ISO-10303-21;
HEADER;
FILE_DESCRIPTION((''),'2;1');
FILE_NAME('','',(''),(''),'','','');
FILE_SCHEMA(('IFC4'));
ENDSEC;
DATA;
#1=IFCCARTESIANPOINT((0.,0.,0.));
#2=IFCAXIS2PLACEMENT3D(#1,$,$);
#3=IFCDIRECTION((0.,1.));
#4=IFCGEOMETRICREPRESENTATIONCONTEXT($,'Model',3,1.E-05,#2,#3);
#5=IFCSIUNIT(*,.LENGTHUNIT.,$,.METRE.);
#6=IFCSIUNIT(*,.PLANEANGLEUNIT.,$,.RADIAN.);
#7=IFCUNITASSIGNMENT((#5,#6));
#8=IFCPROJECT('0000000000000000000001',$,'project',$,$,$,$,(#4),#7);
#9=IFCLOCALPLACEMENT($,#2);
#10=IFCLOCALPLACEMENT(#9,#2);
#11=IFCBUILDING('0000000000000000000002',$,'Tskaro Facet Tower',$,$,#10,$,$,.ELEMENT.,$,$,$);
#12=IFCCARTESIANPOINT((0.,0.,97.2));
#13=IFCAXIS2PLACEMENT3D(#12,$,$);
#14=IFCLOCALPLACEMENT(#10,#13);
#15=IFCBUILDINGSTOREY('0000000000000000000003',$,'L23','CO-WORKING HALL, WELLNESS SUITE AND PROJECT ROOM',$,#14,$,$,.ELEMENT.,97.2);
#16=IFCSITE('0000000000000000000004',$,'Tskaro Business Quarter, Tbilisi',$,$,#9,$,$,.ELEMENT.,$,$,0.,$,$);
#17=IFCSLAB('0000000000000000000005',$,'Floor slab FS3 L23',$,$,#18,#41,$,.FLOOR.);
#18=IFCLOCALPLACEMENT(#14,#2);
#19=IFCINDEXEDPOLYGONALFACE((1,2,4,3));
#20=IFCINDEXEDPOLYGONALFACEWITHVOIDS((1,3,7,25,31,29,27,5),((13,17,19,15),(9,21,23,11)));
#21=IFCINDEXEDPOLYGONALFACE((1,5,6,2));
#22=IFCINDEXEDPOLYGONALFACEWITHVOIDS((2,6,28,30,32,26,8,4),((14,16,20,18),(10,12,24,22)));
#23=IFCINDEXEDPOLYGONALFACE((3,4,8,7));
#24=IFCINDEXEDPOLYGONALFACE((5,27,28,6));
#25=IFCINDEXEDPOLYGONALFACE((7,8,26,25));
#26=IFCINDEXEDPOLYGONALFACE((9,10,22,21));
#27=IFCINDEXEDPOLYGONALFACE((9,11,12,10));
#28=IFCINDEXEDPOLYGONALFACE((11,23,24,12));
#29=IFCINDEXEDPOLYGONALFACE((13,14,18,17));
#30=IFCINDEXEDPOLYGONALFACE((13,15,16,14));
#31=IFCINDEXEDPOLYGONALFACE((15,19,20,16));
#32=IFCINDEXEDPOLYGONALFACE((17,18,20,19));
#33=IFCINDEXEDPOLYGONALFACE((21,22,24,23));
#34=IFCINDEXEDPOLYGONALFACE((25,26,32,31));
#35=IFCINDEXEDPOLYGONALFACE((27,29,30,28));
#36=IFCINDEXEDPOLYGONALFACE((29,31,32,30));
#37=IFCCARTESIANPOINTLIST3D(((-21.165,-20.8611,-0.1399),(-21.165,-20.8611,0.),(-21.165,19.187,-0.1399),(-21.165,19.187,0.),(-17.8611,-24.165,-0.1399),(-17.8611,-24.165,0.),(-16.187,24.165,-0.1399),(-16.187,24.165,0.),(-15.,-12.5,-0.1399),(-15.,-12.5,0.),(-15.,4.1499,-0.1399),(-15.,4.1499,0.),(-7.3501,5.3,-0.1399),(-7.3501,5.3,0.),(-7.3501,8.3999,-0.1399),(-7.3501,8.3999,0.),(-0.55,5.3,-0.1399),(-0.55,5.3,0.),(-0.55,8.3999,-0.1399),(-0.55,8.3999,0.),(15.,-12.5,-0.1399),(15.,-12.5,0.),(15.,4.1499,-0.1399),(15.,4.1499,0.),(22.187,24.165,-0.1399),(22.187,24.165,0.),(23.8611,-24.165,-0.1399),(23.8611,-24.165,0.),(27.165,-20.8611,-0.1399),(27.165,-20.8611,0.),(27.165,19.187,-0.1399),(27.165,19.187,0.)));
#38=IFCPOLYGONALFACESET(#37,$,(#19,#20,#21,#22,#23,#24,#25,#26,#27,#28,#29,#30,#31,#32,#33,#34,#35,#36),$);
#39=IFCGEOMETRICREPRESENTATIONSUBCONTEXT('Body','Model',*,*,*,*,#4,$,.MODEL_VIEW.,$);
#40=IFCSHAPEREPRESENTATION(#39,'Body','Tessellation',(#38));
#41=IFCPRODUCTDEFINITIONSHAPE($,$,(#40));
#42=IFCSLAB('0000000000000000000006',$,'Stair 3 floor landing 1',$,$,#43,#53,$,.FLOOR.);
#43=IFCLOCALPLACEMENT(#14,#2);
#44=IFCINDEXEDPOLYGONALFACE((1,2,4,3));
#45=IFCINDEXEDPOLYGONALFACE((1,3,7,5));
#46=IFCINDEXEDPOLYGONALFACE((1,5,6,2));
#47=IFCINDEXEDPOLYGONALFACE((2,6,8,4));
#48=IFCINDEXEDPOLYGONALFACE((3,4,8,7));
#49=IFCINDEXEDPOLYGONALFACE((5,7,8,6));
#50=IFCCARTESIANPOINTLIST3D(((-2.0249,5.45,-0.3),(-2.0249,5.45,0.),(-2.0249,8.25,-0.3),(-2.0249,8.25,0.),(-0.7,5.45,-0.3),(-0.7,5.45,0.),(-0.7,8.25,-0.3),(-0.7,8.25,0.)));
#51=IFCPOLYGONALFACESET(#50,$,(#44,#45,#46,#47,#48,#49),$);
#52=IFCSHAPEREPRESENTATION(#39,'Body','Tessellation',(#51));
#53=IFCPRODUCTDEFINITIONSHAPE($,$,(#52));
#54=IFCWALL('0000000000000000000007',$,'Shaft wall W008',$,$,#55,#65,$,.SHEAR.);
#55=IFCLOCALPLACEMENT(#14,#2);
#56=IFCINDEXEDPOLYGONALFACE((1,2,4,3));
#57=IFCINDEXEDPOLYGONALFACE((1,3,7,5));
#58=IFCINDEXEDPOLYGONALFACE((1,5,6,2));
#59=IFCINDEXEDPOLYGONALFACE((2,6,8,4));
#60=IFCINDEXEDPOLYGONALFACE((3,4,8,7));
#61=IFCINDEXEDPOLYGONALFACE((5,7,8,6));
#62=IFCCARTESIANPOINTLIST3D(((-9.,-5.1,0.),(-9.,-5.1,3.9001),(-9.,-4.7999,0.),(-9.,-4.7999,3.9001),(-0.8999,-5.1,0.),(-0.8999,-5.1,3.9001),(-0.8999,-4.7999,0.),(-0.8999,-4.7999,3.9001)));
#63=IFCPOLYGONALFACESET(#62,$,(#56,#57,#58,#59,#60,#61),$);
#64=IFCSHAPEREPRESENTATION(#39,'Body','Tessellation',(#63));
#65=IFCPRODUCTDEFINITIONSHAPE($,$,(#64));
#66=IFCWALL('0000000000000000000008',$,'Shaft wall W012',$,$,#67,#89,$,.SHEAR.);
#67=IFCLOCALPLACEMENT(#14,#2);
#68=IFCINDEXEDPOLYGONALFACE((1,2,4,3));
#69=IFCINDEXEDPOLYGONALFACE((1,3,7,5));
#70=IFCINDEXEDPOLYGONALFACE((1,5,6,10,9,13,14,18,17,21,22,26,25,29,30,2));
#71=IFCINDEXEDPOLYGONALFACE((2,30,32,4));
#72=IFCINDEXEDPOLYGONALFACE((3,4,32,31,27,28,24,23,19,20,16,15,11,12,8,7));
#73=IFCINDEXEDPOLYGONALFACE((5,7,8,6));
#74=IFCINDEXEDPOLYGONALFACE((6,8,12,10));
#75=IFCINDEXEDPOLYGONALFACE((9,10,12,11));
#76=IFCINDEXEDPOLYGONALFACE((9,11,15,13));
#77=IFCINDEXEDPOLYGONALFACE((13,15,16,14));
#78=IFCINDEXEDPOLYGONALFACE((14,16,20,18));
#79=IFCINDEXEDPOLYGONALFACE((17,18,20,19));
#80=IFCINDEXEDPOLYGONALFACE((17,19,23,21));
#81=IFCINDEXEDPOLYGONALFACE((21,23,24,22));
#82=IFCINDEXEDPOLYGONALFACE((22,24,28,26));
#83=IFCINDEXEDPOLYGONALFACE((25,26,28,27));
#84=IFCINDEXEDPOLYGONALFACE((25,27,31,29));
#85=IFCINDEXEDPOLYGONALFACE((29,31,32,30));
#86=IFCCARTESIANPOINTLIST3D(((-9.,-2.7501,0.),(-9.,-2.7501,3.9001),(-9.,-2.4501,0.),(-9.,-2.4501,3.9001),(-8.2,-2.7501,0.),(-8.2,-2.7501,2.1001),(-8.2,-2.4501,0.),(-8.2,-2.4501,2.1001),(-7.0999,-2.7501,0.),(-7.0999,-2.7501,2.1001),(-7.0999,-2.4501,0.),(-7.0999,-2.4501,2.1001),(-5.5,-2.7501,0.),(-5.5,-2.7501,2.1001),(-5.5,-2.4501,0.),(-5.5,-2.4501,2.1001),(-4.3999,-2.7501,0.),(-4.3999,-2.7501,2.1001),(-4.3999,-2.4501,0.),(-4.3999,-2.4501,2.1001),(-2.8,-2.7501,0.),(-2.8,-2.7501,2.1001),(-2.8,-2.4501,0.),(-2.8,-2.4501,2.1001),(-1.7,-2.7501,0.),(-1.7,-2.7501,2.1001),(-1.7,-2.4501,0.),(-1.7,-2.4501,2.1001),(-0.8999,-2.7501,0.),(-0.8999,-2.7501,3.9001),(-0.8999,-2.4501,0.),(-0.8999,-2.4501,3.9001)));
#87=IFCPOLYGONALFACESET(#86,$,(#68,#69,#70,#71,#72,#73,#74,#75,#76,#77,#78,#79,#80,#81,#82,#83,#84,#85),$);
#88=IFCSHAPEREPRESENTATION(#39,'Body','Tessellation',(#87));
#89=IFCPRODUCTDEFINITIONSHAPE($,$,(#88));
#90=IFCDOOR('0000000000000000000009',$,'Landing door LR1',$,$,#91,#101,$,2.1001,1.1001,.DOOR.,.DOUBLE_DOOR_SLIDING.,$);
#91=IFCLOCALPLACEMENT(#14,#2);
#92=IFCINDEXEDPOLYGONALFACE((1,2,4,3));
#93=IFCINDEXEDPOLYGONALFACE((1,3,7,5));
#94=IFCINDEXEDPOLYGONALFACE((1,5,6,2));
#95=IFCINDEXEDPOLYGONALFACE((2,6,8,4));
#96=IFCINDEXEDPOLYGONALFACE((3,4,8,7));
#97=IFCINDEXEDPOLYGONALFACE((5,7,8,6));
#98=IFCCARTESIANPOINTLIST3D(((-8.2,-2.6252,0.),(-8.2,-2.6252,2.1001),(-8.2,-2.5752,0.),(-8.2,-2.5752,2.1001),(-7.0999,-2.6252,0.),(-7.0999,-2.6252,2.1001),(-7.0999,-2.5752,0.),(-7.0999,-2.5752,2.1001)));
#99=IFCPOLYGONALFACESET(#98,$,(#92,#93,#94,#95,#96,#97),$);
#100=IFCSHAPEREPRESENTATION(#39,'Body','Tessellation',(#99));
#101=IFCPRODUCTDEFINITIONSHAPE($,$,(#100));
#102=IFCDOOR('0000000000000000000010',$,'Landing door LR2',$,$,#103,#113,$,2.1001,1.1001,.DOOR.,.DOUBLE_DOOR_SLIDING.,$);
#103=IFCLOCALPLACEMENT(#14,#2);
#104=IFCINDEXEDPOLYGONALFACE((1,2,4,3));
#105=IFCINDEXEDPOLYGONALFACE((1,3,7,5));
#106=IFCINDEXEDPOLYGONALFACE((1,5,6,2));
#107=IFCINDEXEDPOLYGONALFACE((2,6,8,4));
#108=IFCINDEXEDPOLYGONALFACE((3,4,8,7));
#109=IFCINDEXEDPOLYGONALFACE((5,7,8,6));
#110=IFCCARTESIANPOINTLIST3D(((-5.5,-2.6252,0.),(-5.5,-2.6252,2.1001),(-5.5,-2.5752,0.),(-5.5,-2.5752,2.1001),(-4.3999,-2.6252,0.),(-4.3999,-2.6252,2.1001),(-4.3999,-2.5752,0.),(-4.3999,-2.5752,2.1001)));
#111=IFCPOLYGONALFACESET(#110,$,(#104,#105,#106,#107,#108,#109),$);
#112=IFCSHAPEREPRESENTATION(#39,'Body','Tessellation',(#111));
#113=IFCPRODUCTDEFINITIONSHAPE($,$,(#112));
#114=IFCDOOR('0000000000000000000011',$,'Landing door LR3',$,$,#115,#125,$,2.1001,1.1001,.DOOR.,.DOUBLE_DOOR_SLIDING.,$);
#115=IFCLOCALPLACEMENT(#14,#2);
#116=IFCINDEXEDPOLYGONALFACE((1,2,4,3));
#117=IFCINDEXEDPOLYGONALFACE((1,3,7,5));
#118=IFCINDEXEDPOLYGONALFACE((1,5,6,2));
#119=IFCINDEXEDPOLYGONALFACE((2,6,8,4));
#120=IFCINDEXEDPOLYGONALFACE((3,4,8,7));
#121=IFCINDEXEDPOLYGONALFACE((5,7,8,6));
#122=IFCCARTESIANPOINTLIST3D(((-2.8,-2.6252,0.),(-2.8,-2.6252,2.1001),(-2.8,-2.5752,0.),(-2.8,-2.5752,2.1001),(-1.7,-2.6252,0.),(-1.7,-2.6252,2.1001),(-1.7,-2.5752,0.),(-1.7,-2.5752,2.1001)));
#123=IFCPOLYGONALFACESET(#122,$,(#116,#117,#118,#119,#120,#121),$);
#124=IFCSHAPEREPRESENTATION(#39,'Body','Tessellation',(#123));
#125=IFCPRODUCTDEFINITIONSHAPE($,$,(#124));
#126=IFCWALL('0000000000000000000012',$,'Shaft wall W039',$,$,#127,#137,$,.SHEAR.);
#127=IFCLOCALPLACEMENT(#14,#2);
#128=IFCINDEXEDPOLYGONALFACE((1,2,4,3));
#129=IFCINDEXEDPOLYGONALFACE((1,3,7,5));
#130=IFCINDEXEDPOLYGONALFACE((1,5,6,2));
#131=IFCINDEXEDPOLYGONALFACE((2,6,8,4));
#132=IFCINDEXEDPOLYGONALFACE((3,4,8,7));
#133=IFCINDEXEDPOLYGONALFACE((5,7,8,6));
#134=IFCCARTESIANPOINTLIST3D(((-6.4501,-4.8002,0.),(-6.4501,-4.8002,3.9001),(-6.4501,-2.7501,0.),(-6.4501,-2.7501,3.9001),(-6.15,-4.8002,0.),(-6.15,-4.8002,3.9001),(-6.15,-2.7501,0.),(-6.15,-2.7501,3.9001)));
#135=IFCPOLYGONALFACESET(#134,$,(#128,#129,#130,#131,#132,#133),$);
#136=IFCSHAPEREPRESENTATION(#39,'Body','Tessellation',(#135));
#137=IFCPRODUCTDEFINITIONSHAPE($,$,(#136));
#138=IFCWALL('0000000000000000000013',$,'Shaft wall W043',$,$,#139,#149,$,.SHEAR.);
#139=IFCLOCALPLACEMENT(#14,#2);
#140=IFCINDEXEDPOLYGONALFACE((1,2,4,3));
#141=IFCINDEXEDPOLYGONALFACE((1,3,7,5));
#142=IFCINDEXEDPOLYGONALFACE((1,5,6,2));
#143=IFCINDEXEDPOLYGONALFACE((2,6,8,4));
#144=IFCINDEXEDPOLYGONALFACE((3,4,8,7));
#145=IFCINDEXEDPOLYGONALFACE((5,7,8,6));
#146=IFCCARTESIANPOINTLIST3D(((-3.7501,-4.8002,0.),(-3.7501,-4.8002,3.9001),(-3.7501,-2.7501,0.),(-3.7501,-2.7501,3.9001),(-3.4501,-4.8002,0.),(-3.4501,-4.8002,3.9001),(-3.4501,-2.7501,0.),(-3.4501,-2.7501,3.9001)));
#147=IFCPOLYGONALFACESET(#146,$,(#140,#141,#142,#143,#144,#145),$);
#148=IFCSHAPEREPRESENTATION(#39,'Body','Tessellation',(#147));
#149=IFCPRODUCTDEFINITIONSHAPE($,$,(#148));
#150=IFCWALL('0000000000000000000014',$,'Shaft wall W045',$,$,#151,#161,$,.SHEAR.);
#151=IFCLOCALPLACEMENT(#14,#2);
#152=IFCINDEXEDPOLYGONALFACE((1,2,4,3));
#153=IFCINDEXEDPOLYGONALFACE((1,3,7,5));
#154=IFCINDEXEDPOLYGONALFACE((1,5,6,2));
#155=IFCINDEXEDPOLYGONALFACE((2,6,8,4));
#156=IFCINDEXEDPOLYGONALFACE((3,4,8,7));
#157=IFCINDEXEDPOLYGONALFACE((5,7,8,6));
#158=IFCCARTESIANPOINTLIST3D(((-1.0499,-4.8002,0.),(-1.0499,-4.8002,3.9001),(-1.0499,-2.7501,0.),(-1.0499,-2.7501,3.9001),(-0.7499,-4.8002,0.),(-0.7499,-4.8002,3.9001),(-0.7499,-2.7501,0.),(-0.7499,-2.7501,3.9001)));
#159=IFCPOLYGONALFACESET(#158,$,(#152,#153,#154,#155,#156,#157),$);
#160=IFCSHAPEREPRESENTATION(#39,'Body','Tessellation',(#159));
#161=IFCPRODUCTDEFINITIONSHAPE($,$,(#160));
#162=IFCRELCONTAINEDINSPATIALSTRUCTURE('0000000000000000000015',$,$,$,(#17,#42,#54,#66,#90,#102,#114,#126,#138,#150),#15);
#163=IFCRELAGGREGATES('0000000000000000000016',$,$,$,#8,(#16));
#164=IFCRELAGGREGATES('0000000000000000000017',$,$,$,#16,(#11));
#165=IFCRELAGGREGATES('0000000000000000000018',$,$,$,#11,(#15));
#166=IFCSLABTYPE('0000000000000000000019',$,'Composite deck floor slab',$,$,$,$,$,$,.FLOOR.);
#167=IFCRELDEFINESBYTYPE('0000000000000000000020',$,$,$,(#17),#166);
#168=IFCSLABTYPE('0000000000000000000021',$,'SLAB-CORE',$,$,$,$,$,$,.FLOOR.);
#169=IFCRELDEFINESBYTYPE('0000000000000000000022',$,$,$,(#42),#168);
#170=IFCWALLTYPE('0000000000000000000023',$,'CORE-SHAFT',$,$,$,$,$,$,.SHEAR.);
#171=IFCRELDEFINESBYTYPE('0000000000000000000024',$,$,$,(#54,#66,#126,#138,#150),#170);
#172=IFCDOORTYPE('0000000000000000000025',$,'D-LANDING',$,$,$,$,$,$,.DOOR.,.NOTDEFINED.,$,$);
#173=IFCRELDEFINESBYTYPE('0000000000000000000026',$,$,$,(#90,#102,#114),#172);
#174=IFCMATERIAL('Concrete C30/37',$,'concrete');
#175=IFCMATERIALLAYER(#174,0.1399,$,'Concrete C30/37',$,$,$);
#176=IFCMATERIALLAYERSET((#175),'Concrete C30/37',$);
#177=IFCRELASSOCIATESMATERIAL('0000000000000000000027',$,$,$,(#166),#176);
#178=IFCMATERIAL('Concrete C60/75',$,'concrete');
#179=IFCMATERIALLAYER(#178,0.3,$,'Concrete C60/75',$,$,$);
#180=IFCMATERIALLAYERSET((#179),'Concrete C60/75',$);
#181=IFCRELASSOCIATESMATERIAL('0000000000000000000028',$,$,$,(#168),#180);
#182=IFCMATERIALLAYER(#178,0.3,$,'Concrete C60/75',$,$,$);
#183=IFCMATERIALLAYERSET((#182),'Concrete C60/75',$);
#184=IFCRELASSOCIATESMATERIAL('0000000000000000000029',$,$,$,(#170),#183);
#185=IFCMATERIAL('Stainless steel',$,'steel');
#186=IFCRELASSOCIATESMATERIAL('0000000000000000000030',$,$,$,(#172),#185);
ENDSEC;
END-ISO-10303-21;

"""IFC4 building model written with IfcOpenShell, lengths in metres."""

from ifc_helpers import new_model, si_unit, direction, frame, frame_2d, origin, place, context, subcontext, project, spatial, polyline, rectangle, outline, extrude, material, layer, layer_set, type_object, element, fill, save


model = new_model("IFC4")

# Units and contexts
model_context = context("Model", 3, precision=1e-05, world=origin(), true_north=direction((0.0, 1.0)))
body_context = subcontext(model_context, "Body", "Model", "MODEL_VIEW")
ifc_project = project(units=[si_unit("LENGTHUNIT", "METRE"), si_unit("PLANEANGLEUNIT", "RADIAN")], contexts=[model_context])

# Site, building, storey
site_placement = place(None, origin())
site = spatial("IfcSite", under=ifc_project, at=site_placement, Name="Tskaro Business Quarter, Tbilisi", CompositionType="ELEMENT", RefElevation=0.0)
building_placement = place(site_placement, origin())
building = spatial("IfcBuilding", under=site, at=building_placement, Name="Tskaro Facet Tower", CompositionType="ELEMENT")
storey_placement = place(building_placement, frame((0.0, 0.0, 97.2)))
storey = spatial("IfcBuildingStorey", under=building, at=storey_placement, Name="L23", Description="CO-WORKING HALL, WELLNESS SUITE AND PROJECT ROOM", CompositionType="ELEMENT", Elevation=97.2)

# Slabs
ifc_material_1 = material(Name="Concrete C30/37", Category="concrete")
ifc_layer_1 = layer(ifc_material_1, 0.1399, Name="Concrete C30/37")
ifc_layer_set_1 = layer_set([ifc_layer_1], Name="Concrete C30/37")
slab_type_1 = type_object("IfcSlabType", Name="Composite deck floor slab", PredefinedType="FLOOR", material=ifc_layer_set_1)
slab_1_placement = place(storey_placement, frame((0.0, 0.0, -0.1399)))
element("IfcSlab", 1, at=slab_1_placement, inside=storey, type_object=slab_type_1, Name="Floor slab FS3 L23", PredefinedType="FLOOR", context=body_context, shape_type="SweptSolid", body=[
    extrude(outline(polyline([(-17.8611, -24.165), (23.8611, -24.165), (27.165, -20.8611), (27.165, 19.187), (22.187, 24.165), (-16.187, 24.165), (-21.165, 19.187), (-21.165, -20.8611), (-17.8611, -24.165)]), holes=[polyline([(-15.0, -12.5), (15.0, -12.5), (15.0, 4.1499), (-15.0, 4.1499), (-15.0, -12.5)]), polyline([(-7.3501, 5.3), (-0.55, 5.3), (-0.55, 8.3999), (-7.3501, 8.3999), (-7.3501, 5.3)])]), origin(), (0.0, 0.0, 1.0), 0.1399),
])
ifc_material_2 = material(Name="Concrete C60/75", Category="concrete")
ifc_layer_2 = layer(ifc_material_2, 0.3, Name="Concrete C60/75")
ifc_layer_set_2 = layer_set([ifc_layer_2], Name="Concrete C60/75")
slab_type_2 = type_object("IfcSlabType", Name="SLAB-CORE", PredefinedType="FLOOR", material=ifc_layer_set_2)
slab_2_placement = place(storey_placement, frame((0.0, 0.0, -0.3)))
element("IfcSlab", 2, at=slab_2_placement, inside=storey, type_object=slab_type_2, Name="Stair 3 floor landing 1", PredefinedType="FLOOR", context=body_context, shape_type="SweptSolid", body=[
    extrude(outline(polyline([(-2.0249, 5.45), (-0.7, 5.45), (-0.7, 8.25), (-2.0249, 8.25), (-2.0249, 5.45)])), origin(), (0.0, 0.0, 1.0), 0.3),
])

# Wall
ifc_layer_3 = layer(ifc_material_2, 0.3, Name="Concrete C60/75")
ifc_layer_set_3 = layer_set([ifc_layer_3], Name="Concrete C60/75")
wall_type = type_object("IfcWallType", Name="CORE-SHAFT", PredefinedType="SHEAR", material=ifc_layer_set_3)
wall_1_placement = place(storey_placement, frame((-9.0, -4.95, 0.0), z_axis=(0.0, 0.0, 1.0), x_axis=(1.0, 0.0, 0.0)))
element("IfcWall", 3, at=wall_1_placement, inside=storey, type_object=wall_type, Name="Shaft wall W008", PredefinedType="SHEAR", context=body_context, shape_type="SweptSolid", body=[
    extrude(rectangle(XDim=8.1001, YDim=0.3, at=frame_2d((4.05, 0.0))), origin(), (0.0, 0.0, 1.0), 3.9001),
])

# Wall, openings, doors
wall_2_placement = place(storey_placement, frame((-9.0, -2.6001, 0.0), z_axis=(0.0, 0.0, 1.0), x_axis=(1.0, 0.0, 0.0)))
wall_2 = element("IfcWall", 4, at=wall_2_placement, inside=storey, type_object=wall_type, Name="Shaft wall W012", PredefinedType="SHEAR", context=body_context, shape_type="SweptSolid", body=[
    extrude(rectangle(XDim=8.1001, YDim=0.3, at=frame_2d((4.05, 0.0))), origin(), (0.0, 0.0, 1.0), 3.9001),
])
opening_1_placement = place(wall_2_placement, frame((0.8, 0.0, 0.0)))
opening_1 = element("IfcOpeningElement", 5, at=opening_1_placement, cuts=wall_2, PredefinedType="OPENING", context=body_context, shape_type="SweptSolid", body=[
    extrude(rectangle(XDim=1.1001, YDim=2.1001, at=frame_2d((0.55, 1.05))), frame((0.0, 0.1599, 0.0), z_axis=(0.0, -1.0, 0.0), x_axis=(1.0, 0.0, 0.0)), (0.0, 0.0, 1.0), 0.3201),
])
opening_2_placement = place(wall_2_placement, frame((3.5, 0.0, 0.0)))
opening_2 = element("IfcOpeningElement", 6, at=opening_2_placement, cuts=wall_2, PredefinedType="OPENING", context=body_context, shape_type="SweptSolid", body=[
    extrude(rectangle(XDim=1.1001, YDim=2.1001, at=frame_2d((0.55, 1.05))), frame((0.0, 0.1599, 0.0), z_axis=(0.0, -1.0, 0.0), x_axis=(1.0, 0.0, 0.0)), (0.0, 0.0, 1.0), 0.3201),
])
opening_3_placement = place(wall_2_placement, frame((6.2, 0.0, 0.0)))
opening_3 = element("IfcOpeningElement", 7, at=opening_3_placement, cuts=wall_2, PredefinedType="OPENING", context=body_context, shape_type="SweptSolid", body=[
    extrude(rectangle(XDim=1.1001, YDim=2.1001, at=frame_2d((0.55, 1.05))), frame((0.0, 0.1599, 0.0), z_axis=(0.0, -1.0, 0.0), x_axis=(1.0, 0.0, 0.0)), (0.0, 0.0, 1.0), 0.3201),
])
ifc_material_3 = material(Name="Stainless steel", Category="steel")
door_type = type_object("IfcDoorType", Name="D-LANDING", OperationType="NOTDEFINED", PredefinedType="DOOR", material=ifc_material_3)
door_1_placement = place(opening_1_placement, origin())
door_1 = element("IfcDoor", 8, at=door_1_placement, inside=storey, type_object=door_type, Name="Landing door LR1", OperationType="DOUBLE_DOOR_SLIDING", OverallHeight=2.1001, OverallWidth=1.1001, PredefinedType="DOOR", context=body_context, shape_type="SweptSolid", body=[
    extrude(rectangle(XDim=1.1001, YDim=2.1001, at=frame_2d((0.55, 1.05))), frame((0.0, 0.0249, 0.0), z_axis=(0.0, -1.0, 0.0), x_axis=(1.0, 0.0, 0.0)), (0.0, 0.0, 1.0), 0.05),
])
fill(opening_1, door_1)
door_2_placement = place(opening_2_placement, origin())
door_2 = element("IfcDoor", 9, at=door_2_placement, inside=storey, type_object=door_type, Name="Landing door LR2", OperationType="DOUBLE_DOOR_SLIDING", OverallHeight=2.1001, OverallWidth=1.1001, PredefinedType="DOOR", context=body_context, shape_type="SweptSolid", body=[
    extrude(rectangle(XDim=1.1001, YDim=2.1001, at=frame_2d((0.55, 1.05))), frame((0.0, 0.0249, 0.0), z_axis=(0.0, -1.0, 0.0), x_axis=(1.0, 0.0, 0.0)), (0.0, 0.0, 1.0), 0.05),
])
fill(opening_2, door_2)
door_3_placement = place(opening_3_placement, origin())
door_3 = element("IfcDoor", 10, at=door_3_placement, inside=storey, type_object=door_type, Name="Landing door LR3", OperationType="DOUBLE_DOOR_SLIDING", OverallHeight=2.1001, OverallWidth=1.1001, PredefinedType="DOOR", context=body_context, shape_type="SweptSolid", body=[
    extrude(rectangle(XDim=1.1001, YDim=2.1001, at=frame_2d((0.55, 1.05))), frame((0.0, 0.0249, 0.0), z_axis=(0.0, -1.0, 0.0), x_axis=(1.0, 0.0, 0.0)), (0.0, 0.0, 1.0), 0.05),
])
fill(opening_3, door_3)

# Walls
for number, where, z_axis, x_axis, name in (
    (11, (-6.3, -4.8, 0.0), (0.0, 0.0, 1.0), (0.0, 1.0, 0.0), "Shaft wall W039"),
    (12, (-3.6001, -4.8, 0.0), (0.0, 0.0, 1.0), (0.0, 1.0, 0.0), "Shaft wall W043"),
    (13, (-0.8999, -4.8, 0.0), (0.0, 0.0, 1.0), (0.0, 1.0, 0.0), "Shaft wall W045"),
):
    element("IfcWall", number, at=place(storey_placement, frame(where, z_axis=z_axis, x_axis=x_axis)), inside=storey, type_object=wall_type, Name=name, PredefinedType="SHEAR", context=body_context, shape_type="SweptSolid", body=[
        extrude(rectangle(XDim=2.05, YDim=0.3, at=frame_2d((1.0249, 0.0))), origin(), (0.0, 0.0, 1.0), 3.9001),
    ])

save(model, "model.ifc")
